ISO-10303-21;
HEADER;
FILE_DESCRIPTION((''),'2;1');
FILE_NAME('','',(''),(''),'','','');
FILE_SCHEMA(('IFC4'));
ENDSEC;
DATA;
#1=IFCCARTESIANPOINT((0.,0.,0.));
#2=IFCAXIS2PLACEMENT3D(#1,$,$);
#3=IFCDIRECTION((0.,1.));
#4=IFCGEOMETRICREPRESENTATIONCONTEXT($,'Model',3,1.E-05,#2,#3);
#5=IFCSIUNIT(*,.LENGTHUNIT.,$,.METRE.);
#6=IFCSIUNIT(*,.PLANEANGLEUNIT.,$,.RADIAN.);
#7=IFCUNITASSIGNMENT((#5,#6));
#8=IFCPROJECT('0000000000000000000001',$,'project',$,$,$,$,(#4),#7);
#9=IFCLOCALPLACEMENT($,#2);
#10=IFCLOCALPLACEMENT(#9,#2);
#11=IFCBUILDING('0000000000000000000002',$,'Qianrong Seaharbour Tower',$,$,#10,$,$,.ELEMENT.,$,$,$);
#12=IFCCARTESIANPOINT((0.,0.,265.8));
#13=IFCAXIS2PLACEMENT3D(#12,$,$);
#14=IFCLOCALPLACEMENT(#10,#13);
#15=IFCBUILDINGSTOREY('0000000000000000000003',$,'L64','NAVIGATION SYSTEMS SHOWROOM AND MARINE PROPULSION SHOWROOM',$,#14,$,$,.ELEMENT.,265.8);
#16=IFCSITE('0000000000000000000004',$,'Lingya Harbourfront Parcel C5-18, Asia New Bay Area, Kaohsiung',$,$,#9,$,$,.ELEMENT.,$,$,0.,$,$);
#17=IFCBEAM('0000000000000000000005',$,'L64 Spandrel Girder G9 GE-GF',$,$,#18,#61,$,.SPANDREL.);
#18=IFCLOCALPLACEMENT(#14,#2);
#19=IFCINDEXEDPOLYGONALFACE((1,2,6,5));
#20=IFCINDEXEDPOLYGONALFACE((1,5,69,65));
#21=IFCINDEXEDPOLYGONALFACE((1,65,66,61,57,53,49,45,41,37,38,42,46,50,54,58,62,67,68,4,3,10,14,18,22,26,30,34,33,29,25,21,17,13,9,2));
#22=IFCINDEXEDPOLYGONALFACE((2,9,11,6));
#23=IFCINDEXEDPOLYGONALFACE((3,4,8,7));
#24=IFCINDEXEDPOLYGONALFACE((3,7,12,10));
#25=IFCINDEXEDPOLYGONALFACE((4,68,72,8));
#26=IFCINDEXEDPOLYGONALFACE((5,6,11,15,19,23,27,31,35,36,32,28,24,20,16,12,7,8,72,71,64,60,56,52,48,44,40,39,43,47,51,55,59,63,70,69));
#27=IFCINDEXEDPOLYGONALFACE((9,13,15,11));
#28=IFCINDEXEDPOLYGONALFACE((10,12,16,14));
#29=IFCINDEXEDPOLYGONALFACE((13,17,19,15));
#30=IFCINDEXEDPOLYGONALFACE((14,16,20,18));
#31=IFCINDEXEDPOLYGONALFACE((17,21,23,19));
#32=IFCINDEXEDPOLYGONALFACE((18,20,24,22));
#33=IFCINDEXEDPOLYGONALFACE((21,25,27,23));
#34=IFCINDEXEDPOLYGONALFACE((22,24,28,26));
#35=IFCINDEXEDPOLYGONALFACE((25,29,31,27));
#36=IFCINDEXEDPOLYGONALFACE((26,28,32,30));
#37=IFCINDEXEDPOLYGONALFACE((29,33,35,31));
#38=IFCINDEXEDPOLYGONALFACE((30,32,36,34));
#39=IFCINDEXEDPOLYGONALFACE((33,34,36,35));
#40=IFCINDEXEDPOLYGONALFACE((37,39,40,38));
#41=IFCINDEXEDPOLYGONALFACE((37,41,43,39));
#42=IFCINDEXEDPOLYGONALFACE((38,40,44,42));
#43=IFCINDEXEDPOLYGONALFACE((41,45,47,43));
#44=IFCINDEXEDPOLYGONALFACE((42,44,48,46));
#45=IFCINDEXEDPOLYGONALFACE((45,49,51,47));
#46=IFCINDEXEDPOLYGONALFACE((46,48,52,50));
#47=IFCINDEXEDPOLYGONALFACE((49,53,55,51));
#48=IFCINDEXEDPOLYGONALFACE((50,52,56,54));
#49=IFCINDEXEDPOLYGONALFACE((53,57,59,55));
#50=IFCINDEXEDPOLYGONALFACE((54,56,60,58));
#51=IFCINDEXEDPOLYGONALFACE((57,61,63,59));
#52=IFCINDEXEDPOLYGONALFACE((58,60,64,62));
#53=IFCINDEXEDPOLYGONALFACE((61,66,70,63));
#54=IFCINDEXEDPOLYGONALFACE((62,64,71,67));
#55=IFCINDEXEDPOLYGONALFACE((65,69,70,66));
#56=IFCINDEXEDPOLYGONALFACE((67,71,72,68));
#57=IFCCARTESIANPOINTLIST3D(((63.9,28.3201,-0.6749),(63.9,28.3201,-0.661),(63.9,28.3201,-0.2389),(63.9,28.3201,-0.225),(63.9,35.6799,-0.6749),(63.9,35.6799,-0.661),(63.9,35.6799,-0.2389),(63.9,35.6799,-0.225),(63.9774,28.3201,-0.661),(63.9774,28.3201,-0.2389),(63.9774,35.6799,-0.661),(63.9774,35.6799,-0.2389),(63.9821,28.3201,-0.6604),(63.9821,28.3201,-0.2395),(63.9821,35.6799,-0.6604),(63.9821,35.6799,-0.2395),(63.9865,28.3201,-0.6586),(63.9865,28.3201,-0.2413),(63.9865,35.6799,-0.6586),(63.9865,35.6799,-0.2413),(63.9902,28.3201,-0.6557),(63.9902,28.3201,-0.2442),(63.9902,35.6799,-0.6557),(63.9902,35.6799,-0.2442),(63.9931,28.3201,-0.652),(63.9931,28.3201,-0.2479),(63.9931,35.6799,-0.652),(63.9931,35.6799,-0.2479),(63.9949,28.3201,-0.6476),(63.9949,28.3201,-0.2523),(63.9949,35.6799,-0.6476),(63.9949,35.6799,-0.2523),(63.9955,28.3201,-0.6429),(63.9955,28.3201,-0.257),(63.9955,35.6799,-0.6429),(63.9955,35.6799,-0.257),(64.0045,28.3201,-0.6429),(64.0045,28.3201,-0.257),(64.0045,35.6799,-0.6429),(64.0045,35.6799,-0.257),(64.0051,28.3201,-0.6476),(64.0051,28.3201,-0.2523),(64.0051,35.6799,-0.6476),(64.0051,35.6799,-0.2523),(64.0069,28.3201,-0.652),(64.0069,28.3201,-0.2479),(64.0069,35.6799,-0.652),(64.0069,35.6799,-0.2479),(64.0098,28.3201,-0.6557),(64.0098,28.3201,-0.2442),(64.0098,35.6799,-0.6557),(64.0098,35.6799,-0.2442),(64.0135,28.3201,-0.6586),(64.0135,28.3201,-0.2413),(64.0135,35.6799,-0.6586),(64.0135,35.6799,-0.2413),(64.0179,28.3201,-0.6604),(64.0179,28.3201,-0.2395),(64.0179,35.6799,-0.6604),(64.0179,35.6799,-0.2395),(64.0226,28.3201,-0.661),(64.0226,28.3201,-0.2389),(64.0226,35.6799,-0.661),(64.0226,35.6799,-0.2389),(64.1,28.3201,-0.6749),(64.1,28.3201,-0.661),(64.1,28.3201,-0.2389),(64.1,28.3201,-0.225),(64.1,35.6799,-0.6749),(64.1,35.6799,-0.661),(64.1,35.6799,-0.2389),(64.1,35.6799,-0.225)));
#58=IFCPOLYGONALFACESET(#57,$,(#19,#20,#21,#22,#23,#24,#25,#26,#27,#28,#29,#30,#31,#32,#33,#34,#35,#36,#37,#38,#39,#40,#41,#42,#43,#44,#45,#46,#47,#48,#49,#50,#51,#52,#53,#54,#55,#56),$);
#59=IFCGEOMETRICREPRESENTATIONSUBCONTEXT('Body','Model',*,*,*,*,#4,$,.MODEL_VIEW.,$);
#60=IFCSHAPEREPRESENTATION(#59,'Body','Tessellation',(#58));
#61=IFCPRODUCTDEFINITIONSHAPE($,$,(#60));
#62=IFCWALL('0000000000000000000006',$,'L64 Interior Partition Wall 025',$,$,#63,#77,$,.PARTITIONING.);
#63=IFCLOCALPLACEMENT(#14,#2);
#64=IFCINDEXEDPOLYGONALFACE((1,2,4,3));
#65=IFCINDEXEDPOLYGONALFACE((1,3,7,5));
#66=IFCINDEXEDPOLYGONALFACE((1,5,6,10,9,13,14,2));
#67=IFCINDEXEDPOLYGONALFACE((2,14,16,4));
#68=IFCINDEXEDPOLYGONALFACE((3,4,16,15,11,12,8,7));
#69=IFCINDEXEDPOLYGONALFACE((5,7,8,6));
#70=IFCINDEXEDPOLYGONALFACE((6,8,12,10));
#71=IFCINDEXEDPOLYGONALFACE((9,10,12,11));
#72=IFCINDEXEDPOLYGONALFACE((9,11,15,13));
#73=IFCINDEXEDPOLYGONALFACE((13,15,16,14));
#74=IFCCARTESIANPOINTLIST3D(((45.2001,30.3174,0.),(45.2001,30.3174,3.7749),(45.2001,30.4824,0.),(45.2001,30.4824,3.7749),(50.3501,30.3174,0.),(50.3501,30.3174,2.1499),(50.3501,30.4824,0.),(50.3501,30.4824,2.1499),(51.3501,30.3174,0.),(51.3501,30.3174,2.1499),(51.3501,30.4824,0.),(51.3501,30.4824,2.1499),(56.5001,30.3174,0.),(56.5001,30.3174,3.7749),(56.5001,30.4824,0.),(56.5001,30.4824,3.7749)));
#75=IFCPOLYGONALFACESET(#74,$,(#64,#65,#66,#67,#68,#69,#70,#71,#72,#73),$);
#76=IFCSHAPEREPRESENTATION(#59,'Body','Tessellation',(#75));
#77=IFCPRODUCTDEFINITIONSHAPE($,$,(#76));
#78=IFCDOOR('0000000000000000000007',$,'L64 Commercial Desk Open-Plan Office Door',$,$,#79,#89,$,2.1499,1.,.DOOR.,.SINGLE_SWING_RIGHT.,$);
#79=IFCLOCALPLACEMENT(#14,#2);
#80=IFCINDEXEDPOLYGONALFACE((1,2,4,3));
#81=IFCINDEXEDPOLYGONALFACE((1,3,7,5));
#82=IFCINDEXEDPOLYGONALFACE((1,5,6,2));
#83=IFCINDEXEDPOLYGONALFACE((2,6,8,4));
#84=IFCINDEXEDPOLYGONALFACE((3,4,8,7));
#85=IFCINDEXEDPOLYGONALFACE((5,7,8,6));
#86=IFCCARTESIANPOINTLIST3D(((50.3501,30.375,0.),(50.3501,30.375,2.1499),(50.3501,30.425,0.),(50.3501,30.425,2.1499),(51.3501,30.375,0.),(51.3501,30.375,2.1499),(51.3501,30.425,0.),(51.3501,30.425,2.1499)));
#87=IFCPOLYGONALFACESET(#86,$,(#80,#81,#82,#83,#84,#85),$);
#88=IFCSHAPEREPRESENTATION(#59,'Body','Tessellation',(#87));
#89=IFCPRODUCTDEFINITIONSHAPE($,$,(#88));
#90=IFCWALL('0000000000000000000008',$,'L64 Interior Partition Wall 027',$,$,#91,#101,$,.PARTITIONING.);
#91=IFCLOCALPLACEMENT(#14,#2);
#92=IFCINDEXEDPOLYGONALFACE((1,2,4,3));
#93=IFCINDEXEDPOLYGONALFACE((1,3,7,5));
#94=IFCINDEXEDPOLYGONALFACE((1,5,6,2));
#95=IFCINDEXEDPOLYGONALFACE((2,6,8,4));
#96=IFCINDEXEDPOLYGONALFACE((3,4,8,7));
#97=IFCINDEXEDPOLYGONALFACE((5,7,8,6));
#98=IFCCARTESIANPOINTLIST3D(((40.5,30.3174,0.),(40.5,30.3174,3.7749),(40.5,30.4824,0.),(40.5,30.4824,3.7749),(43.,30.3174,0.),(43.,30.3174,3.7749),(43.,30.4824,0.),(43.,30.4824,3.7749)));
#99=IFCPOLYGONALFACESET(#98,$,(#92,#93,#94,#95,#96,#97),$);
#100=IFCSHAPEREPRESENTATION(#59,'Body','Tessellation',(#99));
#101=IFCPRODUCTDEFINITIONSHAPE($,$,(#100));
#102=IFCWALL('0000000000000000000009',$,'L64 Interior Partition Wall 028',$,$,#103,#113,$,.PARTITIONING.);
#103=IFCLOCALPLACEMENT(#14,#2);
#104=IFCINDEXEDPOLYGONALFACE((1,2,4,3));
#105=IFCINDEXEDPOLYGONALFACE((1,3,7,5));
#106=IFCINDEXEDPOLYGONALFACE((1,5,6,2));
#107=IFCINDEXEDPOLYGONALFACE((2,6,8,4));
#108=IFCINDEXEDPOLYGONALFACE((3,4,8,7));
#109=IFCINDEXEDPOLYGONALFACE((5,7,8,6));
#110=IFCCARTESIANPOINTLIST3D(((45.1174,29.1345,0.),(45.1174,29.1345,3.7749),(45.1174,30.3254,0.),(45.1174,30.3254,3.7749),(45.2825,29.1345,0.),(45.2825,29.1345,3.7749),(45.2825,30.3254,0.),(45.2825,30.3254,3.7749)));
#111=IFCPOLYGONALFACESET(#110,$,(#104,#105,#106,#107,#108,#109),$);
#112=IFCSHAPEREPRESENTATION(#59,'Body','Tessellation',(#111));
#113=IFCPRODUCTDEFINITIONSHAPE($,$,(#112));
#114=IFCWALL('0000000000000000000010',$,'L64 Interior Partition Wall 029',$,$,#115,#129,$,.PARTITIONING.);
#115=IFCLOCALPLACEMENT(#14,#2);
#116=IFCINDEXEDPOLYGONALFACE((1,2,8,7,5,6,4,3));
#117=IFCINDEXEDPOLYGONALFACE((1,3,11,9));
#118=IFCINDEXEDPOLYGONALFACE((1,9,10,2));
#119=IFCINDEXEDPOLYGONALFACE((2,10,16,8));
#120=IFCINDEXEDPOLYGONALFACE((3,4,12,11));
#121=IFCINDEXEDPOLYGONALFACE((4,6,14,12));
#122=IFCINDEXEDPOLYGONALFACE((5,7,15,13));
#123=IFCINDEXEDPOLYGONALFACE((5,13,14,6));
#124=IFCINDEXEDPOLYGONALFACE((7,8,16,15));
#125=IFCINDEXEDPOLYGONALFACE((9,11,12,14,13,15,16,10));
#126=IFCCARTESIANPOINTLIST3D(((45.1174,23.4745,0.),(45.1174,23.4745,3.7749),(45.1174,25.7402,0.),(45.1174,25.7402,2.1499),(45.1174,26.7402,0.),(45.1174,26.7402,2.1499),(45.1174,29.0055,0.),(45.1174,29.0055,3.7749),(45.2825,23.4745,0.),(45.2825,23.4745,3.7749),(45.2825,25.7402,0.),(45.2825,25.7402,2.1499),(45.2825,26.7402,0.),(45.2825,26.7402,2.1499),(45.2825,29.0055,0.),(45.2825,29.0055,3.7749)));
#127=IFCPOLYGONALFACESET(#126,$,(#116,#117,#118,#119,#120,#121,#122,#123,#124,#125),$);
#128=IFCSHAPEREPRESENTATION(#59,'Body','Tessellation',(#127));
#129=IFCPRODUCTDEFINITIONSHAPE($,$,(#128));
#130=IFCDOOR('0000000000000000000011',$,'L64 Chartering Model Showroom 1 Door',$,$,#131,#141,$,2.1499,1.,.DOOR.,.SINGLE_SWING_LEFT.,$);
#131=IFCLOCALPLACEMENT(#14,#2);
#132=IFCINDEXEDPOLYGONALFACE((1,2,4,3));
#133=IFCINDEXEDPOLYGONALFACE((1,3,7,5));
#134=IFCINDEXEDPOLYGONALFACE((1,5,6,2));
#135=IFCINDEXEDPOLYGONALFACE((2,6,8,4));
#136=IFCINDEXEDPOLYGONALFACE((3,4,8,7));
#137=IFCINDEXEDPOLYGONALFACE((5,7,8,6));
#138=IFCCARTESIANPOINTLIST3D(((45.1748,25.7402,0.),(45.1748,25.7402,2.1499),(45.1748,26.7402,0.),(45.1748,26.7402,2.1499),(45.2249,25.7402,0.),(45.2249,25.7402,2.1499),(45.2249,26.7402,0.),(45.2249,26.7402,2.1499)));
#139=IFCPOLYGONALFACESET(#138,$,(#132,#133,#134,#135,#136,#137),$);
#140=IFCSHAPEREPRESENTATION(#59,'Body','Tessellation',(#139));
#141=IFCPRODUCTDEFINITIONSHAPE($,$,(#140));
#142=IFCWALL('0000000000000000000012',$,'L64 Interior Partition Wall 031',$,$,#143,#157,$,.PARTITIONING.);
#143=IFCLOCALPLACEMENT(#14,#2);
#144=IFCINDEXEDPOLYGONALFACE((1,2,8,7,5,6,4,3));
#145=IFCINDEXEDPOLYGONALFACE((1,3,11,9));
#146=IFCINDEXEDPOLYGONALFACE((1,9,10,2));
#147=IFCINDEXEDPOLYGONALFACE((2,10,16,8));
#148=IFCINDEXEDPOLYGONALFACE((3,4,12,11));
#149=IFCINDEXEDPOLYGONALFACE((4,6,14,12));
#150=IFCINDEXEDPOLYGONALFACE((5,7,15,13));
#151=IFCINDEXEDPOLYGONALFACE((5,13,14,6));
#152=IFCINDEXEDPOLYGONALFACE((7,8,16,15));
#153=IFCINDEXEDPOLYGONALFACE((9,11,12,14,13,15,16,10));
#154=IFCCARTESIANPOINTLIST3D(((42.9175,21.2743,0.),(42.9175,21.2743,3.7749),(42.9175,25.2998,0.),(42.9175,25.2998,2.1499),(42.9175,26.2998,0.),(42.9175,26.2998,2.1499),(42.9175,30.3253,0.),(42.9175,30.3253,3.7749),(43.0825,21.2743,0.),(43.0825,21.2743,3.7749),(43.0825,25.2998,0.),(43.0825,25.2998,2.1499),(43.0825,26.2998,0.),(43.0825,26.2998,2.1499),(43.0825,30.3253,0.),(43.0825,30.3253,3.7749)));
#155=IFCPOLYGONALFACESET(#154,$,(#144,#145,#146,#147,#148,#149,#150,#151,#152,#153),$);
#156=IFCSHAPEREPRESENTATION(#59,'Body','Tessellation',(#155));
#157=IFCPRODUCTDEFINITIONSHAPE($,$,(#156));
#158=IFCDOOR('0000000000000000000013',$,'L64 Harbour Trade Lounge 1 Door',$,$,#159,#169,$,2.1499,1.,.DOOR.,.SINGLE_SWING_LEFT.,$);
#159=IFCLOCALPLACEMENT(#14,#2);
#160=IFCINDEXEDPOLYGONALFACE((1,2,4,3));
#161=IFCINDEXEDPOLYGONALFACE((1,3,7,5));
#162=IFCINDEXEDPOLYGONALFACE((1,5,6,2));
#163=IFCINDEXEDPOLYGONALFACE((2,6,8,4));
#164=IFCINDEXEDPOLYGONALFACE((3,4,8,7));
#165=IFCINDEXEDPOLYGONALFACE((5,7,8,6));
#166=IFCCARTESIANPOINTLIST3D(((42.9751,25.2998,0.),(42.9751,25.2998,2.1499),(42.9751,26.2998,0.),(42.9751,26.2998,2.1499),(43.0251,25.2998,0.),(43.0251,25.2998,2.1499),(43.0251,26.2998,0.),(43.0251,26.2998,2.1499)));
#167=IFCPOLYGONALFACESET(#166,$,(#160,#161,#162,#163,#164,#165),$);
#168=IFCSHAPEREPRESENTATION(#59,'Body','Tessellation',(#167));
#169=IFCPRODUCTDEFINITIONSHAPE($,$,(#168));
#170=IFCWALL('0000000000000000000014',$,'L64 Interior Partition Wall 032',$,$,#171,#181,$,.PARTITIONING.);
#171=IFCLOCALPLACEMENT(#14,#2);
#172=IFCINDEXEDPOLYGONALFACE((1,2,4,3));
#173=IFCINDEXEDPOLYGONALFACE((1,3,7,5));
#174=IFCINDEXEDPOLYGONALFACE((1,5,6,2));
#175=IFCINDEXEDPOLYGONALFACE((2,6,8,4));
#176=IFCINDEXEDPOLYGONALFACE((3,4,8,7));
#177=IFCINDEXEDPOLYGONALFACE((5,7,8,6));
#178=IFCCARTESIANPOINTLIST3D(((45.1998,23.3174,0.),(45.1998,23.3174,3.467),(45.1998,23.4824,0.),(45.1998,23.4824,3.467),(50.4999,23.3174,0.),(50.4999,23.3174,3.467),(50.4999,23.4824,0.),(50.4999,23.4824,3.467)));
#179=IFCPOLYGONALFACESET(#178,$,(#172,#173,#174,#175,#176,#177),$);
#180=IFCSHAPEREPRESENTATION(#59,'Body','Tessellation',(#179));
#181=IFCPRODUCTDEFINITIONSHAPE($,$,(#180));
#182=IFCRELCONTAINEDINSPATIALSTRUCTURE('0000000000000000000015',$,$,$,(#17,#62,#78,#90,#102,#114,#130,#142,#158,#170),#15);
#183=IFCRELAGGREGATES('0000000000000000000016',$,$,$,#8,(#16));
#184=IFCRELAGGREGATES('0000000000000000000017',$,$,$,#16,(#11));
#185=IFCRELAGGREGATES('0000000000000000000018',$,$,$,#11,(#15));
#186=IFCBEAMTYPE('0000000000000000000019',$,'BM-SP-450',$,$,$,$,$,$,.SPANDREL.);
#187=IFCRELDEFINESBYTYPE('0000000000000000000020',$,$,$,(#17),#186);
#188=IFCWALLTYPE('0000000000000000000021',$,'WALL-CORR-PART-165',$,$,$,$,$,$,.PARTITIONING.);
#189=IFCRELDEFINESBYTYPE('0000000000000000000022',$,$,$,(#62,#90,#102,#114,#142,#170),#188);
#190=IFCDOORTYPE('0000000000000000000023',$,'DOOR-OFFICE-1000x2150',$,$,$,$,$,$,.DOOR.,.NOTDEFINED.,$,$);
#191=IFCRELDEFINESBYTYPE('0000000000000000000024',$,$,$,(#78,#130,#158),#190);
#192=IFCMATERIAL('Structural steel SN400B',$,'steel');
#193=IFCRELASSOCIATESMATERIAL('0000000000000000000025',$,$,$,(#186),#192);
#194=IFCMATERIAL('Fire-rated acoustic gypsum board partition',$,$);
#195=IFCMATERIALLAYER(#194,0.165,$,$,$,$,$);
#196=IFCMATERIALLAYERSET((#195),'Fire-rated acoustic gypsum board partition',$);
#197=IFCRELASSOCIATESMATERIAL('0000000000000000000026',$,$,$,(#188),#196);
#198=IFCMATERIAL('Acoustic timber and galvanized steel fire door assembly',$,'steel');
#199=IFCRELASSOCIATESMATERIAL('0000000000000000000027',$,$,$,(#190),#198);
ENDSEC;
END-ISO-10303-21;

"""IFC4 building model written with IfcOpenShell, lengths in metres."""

from ifc_helpers import new_model, si_unit, direction, frame, frame_2d, origin, origin_2d, place, context, subcontext, project, spatial, rectangle, i_section, extrude, material, layer, layer_set, material_profile, profile_set, type_object, element, fill, save


model = new_model("IFC4")

# Units and contexts
model_context = context("Model", 3, precision=1e-05, world=origin(), true_north=direction((0.0, 1.0)))
body_context = subcontext(model_context, "Body", "Model", "MODEL_VIEW")
ifc_project = project(units=[si_unit("LENGTHUNIT", "METRE"), si_unit("PLANEANGLEUNIT", "RADIAN")], contexts=[model_context])

# Site, building, storey
site_placement = place(None, origin())
site = spatial("IfcSite", under=ifc_project, at=site_placement, Name="Lingya Harbourfront Parcel C5-18, Asia New Bay Area, Kaohsiung", CompositionType="ELEMENT", RefElevation=0.0)
building_placement = place(site_placement, origin())
building = spatial("IfcBuilding", under=site, at=building_placement, Name="Qianrong Seaharbour Tower", CompositionType="ELEMENT")
storey_placement = place(building_placement, frame((0.0, 0.0, 265.8)))
storey = spatial("IfcBuildingStorey", under=building, at=storey_placement, Name="L64", Description="NAVIGATION SYSTEMS SHOWROOM AND MARINE PROPULSION SHOWROOM", CompositionType="ELEMENT", Elevation=265.8)

# Beam
ifc_material_1 = material(Name="Structural steel SN400B", Category="steel")
ifc_material_profile_1 = material_profile(ifc_material_1, i_section(OverallWidth=0.2, OverallDepth=0.45, WebThickness=0.009, FlangeThickness=0.0139, FilletRadius=0.0181, at=origin_2d()), Name="H450x200x9x14")
ifc_profile_set_1 = profile_set([ifc_material_profile_1], Name="Structural steel SN400B")
beam_type_1 = type_object("IfcBeamType", Name="BM-SP-450", PredefinedType="SPANDREL", material=ifc_profile_set_1)
beam_1_placement = place(storey_placement, frame((64.0, 28.3201, -0.45), z_axis=(0.0, 1.0, 0.0), x_axis=(-1.0, 0.0, 0.0)))
element("IfcBeam", 1, at=beam_1_placement, inside=storey, type_object=beam_type_1, Name="L64 Spandrel Girder G9 GE-GF", PredefinedType="SPANDREL", context=body_context, shape_type="SweptSolid", body=[
    extrude(i_section(OverallWidth=0.2, OverallDepth=0.45, WebThickness=0.009, FlangeThickness=0.0139, FilletRadius=0.0181, at=origin_2d()), origin(), (0.0, 0.0, 1.0), 7.3599),
])

# Wall, opening, door
ifc_material_2 = material(Name="Fire-rated acoustic gypsum board partition")
ifc_layer_1 = layer(ifc_material_2, 0.165)
ifc_layer_set_1 = layer_set([ifc_layer_1], Name="Fire-rated acoustic gypsum board partition")
wall_type_1 = type_object("IfcWallType", Name="WALL-CORR-PART-165", PredefinedType="PARTITIONING", material=ifc_layer_set_1)
wall_1_placement = place(storey_placement, frame((56.5, 30.3999, 0.0), z_axis=(0.0, 0.0, 1.0), x_axis=(-1.0, 0.0, 0.0)))
wall_1 = element("IfcWall", 2, at=wall_1_placement, inside=storey, type_object=wall_type_1, Name="L64 Interior Partition Wall 025", PredefinedType="PARTITIONING", context=body_context, shape_type="SweptSolid", body=[
    extrude(rectangle(XDim=11.3, YDim=0.165, at=frame_2d((5.6499, 0.0))), origin(), (0.0, 0.0, 1.0), 3.7749),
])
opening_1_placement = place(wall_1_placement, frame((5.1499, 0.0, 0.0)))
opening_1 = element("IfcOpeningElement", 3, at=opening_1_placement, cuts=wall_1, PredefinedType="OPENING", context=body_context, shape_type="SweptSolid", body=[
    extrude(rectangle(XDim=1.0, YDim=2.1499, at=frame_2d((0.5, 1.075))), frame((0.0, 0.0925, 0.0), z_axis=(0.0, -1.0, 0.0), x_axis=(1.0, 0.0, 0.0)), (0.0, 0.0, 1.0), 0.1851),
])
ifc_material_3 = material(Name="Acoustic timber and galvanized steel fire door assembly", Category="steel")
door_type_1 = type_object("IfcDoorType", Name="DOOR-OFFICE-1000x2150", OperationType="NOTDEFINED", PredefinedType="DOOR", material=ifc_material_3)
door_1_placement = place(opening_1_placement, origin())
door_1 = element("IfcDoor", 4, at=door_1_placement, inside=storey, type_object=door_type_1, Name="L64 Commercial Desk Open-Plan Office Door", OperationType="SINGLE_SWING_RIGHT", OverallHeight=2.1499, OverallWidth=1.0, PredefinedType="DOOR", context=body_context, shape_type="SweptSolid", body=[
    extrude(rectangle(XDim=1.0, YDim=2.1499, at=frame_2d((0.5, 1.075))), frame((0.0, 0.0249, 0.0), z_axis=(0.0, -1.0, 0.0), x_axis=(1.0, 0.0, 0.0)), (0.0, 0.0, 1.0), 0.05),
])
fill(opening_1, door_1)

# Walls
wall_2_placement = place(storey_placement, frame((43.0, 30.3999, 0.0), z_axis=(0.0, 0.0, 1.0), x_axis=(-1.0, 0.0, 0.0)))
element("IfcWall", 5, at=wall_2_placement, inside=storey, type_object=wall_type_1, Name="L64 Interior Partition Wall 027", PredefinedType="PARTITIONING", context=body_context, shape_type="SweptSolid", body=[
    extrude(rectangle(XDim=2.5, YDim=0.165, at=frame_2d((1.25, 0.0))), origin(), (0.0, 0.0, 1.0), 3.7749),
])
wall_3_placement = place(storey_placement, frame((45.2, 30.3254, 0.0), z_axis=(0.0, 0.0, 1.0), x_axis=(0.0, -1.0, 0.0)))
element("IfcWall", 6, at=wall_3_placement, inside=storey, type_object=wall_type_1, Name="L64 Interior Partition Wall 028", PredefinedType="PARTITIONING", context=body_context, shape_type="SweptSolid", body=[
    extrude(rectangle(XDim=1.1909, YDim=0.165, at=frame_2d((0.5955, 0.0))), origin(), (0.0, 0.0, 1.0), 3.7749),
])

# Walls, openings, doors
wall_4_placement = place(storey_placement, frame((45.2, 29.0056, 0.0), z_axis=(0.0, 0.0, 1.0), x_axis=(0.0, -1.0, 0.0)))
wall_4 = element("IfcWall", 7, at=wall_4_placement, inside=storey, type_object=wall_type_1, Name="L64 Interior Partition Wall 029", PredefinedType="PARTITIONING", context=body_context, shape_type="SweptSolid", body=[
    extrude(rectangle(XDim=5.531, YDim=0.165, at=frame_2d((2.7656, 0.0))), origin(), (0.0, 0.0, 1.0), 3.7749),
])
opening_2_placement = place(wall_4_placement, frame((2.2654, 0.0, 0.0)))
opening_2 = element("IfcOpeningElement", 8, at=opening_2_placement, cuts=wall_4, PredefinedType="OPENING", context=body_context, shape_type="SweptSolid", body=[
    extrude(rectangle(XDim=1.0, YDim=2.1499, at=frame_2d((0.5, 1.075))), frame((0.0, 0.0925, 0.0), z_axis=(0.0, -1.0, 0.0), x_axis=(1.0, 0.0, 0.0)), (0.0, 0.0, 1.0), 0.1851),
])
door_2_placement = place(opening_2_placement, origin())
door_2 = element("IfcDoor", 9, at=door_2_placement, inside=storey, type_object=door_type_1, Name="L64 Chartering Model Showroom 1 Door", OperationType="SINGLE_SWING_LEFT", OverallHeight=2.1499, OverallWidth=1.0, PredefinedType="DOOR", context=body_context, shape_type="SweptSolid", body=[
    extrude(rectangle(XDim=1.0, YDim=2.1499, at=frame_2d((0.5, 1.075))), frame((0.0, 0.0249, 0.0), z_axis=(0.0, -1.0, 0.0), x_axis=(1.0, 0.0, 0.0)), (0.0, 0.0, 1.0), 0.05),
])
fill(opening_2, door_2)
wall_5_placement = place(storey_placement, frame((43.0, 21.2744, 0.0), z_axis=(0.0, 0.0, 1.0), x_axis=(0.0, 1.0, 0.0)))
wall_5 = element("IfcWall", 10, at=wall_5_placement, inside=storey, type_object=wall_type_1, Name="L64 Interior Partition Wall 031", PredefinedType="PARTITIONING", context=body_context, shape_type="SweptSolid", body=[
    extrude(rectangle(XDim=9.051, YDim=0.165, at=frame_2d((4.5254, 0.0))), origin(), (0.0, 0.0, 1.0), 3.7749),
])
opening_3_placement = place(wall_5_placement, frame((4.0254, 0.0, 0.0)))
opening_3 = element("IfcOpeningElement", 11, at=opening_3_placement, cuts=wall_5, PredefinedType="OPENING", context=body_context, shape_type="SweptSolid", body=[
    extrude(rectangle(XDim=1.0, YDim=2.1499, at=frame_2d((0.5, 1.075))), frame((0.0, 0.0925, 0.0), z_axis=(0.0, -1.0, 0.0), x_axis=(1.0, 0.0, 0.0)), (0.0, 0.0, 1.0), 0.1851),
])
door_3_placement = place(opening_3_placement, origin())
door_3 = element("IfcDoor", 12, at=door_3_placement, inside=storey, type_object=door_type_1, Name="L64 Harbour Trade Lounge 1 Door", OperationType="SINGLE_SWING_LEFT", OverallHeight=2.1499, OverallWidth=1.0, PredefinedType="DOOR", context=body_context, shape_type="SweptSolid", body=[
    extrude(rectangle(XDim=1.0, YDim=2.1499, at=frame_2d((0.5, 1.075))), frame((0.0, 0.0249, 0.0), z_axis=(0.0, -1.0, 0.0), x_axis=(1.0, 0.0, 0.0)), (0.0, 0.0, 1.0), 0.05),
])
fill(opening_3, door_3)

# Wall
wall_6_placement = place(storey_placement, frame((45.2, 23.3999, 0.0), z_axis=(0.0, 0.0, 1.0), x_axis=(1.0, 0.0, 0.0)))
element("IfcWall", 13, at=wall_6_placement, inside=storey, type_object=wall_type_1, Name="L64 Interior Partition Wall 032", PredefinedType="PARTITIONING", context=body_context, shape_type="SweptSolid", body=[
    extrude(rectangle(XDim=5.3, YDim=0.165, at=frame_2d((2.6499, 0.0))), origin(), (0.0, 0.0, 1.0), 3.467),
])

save(model, "model.ifc")
